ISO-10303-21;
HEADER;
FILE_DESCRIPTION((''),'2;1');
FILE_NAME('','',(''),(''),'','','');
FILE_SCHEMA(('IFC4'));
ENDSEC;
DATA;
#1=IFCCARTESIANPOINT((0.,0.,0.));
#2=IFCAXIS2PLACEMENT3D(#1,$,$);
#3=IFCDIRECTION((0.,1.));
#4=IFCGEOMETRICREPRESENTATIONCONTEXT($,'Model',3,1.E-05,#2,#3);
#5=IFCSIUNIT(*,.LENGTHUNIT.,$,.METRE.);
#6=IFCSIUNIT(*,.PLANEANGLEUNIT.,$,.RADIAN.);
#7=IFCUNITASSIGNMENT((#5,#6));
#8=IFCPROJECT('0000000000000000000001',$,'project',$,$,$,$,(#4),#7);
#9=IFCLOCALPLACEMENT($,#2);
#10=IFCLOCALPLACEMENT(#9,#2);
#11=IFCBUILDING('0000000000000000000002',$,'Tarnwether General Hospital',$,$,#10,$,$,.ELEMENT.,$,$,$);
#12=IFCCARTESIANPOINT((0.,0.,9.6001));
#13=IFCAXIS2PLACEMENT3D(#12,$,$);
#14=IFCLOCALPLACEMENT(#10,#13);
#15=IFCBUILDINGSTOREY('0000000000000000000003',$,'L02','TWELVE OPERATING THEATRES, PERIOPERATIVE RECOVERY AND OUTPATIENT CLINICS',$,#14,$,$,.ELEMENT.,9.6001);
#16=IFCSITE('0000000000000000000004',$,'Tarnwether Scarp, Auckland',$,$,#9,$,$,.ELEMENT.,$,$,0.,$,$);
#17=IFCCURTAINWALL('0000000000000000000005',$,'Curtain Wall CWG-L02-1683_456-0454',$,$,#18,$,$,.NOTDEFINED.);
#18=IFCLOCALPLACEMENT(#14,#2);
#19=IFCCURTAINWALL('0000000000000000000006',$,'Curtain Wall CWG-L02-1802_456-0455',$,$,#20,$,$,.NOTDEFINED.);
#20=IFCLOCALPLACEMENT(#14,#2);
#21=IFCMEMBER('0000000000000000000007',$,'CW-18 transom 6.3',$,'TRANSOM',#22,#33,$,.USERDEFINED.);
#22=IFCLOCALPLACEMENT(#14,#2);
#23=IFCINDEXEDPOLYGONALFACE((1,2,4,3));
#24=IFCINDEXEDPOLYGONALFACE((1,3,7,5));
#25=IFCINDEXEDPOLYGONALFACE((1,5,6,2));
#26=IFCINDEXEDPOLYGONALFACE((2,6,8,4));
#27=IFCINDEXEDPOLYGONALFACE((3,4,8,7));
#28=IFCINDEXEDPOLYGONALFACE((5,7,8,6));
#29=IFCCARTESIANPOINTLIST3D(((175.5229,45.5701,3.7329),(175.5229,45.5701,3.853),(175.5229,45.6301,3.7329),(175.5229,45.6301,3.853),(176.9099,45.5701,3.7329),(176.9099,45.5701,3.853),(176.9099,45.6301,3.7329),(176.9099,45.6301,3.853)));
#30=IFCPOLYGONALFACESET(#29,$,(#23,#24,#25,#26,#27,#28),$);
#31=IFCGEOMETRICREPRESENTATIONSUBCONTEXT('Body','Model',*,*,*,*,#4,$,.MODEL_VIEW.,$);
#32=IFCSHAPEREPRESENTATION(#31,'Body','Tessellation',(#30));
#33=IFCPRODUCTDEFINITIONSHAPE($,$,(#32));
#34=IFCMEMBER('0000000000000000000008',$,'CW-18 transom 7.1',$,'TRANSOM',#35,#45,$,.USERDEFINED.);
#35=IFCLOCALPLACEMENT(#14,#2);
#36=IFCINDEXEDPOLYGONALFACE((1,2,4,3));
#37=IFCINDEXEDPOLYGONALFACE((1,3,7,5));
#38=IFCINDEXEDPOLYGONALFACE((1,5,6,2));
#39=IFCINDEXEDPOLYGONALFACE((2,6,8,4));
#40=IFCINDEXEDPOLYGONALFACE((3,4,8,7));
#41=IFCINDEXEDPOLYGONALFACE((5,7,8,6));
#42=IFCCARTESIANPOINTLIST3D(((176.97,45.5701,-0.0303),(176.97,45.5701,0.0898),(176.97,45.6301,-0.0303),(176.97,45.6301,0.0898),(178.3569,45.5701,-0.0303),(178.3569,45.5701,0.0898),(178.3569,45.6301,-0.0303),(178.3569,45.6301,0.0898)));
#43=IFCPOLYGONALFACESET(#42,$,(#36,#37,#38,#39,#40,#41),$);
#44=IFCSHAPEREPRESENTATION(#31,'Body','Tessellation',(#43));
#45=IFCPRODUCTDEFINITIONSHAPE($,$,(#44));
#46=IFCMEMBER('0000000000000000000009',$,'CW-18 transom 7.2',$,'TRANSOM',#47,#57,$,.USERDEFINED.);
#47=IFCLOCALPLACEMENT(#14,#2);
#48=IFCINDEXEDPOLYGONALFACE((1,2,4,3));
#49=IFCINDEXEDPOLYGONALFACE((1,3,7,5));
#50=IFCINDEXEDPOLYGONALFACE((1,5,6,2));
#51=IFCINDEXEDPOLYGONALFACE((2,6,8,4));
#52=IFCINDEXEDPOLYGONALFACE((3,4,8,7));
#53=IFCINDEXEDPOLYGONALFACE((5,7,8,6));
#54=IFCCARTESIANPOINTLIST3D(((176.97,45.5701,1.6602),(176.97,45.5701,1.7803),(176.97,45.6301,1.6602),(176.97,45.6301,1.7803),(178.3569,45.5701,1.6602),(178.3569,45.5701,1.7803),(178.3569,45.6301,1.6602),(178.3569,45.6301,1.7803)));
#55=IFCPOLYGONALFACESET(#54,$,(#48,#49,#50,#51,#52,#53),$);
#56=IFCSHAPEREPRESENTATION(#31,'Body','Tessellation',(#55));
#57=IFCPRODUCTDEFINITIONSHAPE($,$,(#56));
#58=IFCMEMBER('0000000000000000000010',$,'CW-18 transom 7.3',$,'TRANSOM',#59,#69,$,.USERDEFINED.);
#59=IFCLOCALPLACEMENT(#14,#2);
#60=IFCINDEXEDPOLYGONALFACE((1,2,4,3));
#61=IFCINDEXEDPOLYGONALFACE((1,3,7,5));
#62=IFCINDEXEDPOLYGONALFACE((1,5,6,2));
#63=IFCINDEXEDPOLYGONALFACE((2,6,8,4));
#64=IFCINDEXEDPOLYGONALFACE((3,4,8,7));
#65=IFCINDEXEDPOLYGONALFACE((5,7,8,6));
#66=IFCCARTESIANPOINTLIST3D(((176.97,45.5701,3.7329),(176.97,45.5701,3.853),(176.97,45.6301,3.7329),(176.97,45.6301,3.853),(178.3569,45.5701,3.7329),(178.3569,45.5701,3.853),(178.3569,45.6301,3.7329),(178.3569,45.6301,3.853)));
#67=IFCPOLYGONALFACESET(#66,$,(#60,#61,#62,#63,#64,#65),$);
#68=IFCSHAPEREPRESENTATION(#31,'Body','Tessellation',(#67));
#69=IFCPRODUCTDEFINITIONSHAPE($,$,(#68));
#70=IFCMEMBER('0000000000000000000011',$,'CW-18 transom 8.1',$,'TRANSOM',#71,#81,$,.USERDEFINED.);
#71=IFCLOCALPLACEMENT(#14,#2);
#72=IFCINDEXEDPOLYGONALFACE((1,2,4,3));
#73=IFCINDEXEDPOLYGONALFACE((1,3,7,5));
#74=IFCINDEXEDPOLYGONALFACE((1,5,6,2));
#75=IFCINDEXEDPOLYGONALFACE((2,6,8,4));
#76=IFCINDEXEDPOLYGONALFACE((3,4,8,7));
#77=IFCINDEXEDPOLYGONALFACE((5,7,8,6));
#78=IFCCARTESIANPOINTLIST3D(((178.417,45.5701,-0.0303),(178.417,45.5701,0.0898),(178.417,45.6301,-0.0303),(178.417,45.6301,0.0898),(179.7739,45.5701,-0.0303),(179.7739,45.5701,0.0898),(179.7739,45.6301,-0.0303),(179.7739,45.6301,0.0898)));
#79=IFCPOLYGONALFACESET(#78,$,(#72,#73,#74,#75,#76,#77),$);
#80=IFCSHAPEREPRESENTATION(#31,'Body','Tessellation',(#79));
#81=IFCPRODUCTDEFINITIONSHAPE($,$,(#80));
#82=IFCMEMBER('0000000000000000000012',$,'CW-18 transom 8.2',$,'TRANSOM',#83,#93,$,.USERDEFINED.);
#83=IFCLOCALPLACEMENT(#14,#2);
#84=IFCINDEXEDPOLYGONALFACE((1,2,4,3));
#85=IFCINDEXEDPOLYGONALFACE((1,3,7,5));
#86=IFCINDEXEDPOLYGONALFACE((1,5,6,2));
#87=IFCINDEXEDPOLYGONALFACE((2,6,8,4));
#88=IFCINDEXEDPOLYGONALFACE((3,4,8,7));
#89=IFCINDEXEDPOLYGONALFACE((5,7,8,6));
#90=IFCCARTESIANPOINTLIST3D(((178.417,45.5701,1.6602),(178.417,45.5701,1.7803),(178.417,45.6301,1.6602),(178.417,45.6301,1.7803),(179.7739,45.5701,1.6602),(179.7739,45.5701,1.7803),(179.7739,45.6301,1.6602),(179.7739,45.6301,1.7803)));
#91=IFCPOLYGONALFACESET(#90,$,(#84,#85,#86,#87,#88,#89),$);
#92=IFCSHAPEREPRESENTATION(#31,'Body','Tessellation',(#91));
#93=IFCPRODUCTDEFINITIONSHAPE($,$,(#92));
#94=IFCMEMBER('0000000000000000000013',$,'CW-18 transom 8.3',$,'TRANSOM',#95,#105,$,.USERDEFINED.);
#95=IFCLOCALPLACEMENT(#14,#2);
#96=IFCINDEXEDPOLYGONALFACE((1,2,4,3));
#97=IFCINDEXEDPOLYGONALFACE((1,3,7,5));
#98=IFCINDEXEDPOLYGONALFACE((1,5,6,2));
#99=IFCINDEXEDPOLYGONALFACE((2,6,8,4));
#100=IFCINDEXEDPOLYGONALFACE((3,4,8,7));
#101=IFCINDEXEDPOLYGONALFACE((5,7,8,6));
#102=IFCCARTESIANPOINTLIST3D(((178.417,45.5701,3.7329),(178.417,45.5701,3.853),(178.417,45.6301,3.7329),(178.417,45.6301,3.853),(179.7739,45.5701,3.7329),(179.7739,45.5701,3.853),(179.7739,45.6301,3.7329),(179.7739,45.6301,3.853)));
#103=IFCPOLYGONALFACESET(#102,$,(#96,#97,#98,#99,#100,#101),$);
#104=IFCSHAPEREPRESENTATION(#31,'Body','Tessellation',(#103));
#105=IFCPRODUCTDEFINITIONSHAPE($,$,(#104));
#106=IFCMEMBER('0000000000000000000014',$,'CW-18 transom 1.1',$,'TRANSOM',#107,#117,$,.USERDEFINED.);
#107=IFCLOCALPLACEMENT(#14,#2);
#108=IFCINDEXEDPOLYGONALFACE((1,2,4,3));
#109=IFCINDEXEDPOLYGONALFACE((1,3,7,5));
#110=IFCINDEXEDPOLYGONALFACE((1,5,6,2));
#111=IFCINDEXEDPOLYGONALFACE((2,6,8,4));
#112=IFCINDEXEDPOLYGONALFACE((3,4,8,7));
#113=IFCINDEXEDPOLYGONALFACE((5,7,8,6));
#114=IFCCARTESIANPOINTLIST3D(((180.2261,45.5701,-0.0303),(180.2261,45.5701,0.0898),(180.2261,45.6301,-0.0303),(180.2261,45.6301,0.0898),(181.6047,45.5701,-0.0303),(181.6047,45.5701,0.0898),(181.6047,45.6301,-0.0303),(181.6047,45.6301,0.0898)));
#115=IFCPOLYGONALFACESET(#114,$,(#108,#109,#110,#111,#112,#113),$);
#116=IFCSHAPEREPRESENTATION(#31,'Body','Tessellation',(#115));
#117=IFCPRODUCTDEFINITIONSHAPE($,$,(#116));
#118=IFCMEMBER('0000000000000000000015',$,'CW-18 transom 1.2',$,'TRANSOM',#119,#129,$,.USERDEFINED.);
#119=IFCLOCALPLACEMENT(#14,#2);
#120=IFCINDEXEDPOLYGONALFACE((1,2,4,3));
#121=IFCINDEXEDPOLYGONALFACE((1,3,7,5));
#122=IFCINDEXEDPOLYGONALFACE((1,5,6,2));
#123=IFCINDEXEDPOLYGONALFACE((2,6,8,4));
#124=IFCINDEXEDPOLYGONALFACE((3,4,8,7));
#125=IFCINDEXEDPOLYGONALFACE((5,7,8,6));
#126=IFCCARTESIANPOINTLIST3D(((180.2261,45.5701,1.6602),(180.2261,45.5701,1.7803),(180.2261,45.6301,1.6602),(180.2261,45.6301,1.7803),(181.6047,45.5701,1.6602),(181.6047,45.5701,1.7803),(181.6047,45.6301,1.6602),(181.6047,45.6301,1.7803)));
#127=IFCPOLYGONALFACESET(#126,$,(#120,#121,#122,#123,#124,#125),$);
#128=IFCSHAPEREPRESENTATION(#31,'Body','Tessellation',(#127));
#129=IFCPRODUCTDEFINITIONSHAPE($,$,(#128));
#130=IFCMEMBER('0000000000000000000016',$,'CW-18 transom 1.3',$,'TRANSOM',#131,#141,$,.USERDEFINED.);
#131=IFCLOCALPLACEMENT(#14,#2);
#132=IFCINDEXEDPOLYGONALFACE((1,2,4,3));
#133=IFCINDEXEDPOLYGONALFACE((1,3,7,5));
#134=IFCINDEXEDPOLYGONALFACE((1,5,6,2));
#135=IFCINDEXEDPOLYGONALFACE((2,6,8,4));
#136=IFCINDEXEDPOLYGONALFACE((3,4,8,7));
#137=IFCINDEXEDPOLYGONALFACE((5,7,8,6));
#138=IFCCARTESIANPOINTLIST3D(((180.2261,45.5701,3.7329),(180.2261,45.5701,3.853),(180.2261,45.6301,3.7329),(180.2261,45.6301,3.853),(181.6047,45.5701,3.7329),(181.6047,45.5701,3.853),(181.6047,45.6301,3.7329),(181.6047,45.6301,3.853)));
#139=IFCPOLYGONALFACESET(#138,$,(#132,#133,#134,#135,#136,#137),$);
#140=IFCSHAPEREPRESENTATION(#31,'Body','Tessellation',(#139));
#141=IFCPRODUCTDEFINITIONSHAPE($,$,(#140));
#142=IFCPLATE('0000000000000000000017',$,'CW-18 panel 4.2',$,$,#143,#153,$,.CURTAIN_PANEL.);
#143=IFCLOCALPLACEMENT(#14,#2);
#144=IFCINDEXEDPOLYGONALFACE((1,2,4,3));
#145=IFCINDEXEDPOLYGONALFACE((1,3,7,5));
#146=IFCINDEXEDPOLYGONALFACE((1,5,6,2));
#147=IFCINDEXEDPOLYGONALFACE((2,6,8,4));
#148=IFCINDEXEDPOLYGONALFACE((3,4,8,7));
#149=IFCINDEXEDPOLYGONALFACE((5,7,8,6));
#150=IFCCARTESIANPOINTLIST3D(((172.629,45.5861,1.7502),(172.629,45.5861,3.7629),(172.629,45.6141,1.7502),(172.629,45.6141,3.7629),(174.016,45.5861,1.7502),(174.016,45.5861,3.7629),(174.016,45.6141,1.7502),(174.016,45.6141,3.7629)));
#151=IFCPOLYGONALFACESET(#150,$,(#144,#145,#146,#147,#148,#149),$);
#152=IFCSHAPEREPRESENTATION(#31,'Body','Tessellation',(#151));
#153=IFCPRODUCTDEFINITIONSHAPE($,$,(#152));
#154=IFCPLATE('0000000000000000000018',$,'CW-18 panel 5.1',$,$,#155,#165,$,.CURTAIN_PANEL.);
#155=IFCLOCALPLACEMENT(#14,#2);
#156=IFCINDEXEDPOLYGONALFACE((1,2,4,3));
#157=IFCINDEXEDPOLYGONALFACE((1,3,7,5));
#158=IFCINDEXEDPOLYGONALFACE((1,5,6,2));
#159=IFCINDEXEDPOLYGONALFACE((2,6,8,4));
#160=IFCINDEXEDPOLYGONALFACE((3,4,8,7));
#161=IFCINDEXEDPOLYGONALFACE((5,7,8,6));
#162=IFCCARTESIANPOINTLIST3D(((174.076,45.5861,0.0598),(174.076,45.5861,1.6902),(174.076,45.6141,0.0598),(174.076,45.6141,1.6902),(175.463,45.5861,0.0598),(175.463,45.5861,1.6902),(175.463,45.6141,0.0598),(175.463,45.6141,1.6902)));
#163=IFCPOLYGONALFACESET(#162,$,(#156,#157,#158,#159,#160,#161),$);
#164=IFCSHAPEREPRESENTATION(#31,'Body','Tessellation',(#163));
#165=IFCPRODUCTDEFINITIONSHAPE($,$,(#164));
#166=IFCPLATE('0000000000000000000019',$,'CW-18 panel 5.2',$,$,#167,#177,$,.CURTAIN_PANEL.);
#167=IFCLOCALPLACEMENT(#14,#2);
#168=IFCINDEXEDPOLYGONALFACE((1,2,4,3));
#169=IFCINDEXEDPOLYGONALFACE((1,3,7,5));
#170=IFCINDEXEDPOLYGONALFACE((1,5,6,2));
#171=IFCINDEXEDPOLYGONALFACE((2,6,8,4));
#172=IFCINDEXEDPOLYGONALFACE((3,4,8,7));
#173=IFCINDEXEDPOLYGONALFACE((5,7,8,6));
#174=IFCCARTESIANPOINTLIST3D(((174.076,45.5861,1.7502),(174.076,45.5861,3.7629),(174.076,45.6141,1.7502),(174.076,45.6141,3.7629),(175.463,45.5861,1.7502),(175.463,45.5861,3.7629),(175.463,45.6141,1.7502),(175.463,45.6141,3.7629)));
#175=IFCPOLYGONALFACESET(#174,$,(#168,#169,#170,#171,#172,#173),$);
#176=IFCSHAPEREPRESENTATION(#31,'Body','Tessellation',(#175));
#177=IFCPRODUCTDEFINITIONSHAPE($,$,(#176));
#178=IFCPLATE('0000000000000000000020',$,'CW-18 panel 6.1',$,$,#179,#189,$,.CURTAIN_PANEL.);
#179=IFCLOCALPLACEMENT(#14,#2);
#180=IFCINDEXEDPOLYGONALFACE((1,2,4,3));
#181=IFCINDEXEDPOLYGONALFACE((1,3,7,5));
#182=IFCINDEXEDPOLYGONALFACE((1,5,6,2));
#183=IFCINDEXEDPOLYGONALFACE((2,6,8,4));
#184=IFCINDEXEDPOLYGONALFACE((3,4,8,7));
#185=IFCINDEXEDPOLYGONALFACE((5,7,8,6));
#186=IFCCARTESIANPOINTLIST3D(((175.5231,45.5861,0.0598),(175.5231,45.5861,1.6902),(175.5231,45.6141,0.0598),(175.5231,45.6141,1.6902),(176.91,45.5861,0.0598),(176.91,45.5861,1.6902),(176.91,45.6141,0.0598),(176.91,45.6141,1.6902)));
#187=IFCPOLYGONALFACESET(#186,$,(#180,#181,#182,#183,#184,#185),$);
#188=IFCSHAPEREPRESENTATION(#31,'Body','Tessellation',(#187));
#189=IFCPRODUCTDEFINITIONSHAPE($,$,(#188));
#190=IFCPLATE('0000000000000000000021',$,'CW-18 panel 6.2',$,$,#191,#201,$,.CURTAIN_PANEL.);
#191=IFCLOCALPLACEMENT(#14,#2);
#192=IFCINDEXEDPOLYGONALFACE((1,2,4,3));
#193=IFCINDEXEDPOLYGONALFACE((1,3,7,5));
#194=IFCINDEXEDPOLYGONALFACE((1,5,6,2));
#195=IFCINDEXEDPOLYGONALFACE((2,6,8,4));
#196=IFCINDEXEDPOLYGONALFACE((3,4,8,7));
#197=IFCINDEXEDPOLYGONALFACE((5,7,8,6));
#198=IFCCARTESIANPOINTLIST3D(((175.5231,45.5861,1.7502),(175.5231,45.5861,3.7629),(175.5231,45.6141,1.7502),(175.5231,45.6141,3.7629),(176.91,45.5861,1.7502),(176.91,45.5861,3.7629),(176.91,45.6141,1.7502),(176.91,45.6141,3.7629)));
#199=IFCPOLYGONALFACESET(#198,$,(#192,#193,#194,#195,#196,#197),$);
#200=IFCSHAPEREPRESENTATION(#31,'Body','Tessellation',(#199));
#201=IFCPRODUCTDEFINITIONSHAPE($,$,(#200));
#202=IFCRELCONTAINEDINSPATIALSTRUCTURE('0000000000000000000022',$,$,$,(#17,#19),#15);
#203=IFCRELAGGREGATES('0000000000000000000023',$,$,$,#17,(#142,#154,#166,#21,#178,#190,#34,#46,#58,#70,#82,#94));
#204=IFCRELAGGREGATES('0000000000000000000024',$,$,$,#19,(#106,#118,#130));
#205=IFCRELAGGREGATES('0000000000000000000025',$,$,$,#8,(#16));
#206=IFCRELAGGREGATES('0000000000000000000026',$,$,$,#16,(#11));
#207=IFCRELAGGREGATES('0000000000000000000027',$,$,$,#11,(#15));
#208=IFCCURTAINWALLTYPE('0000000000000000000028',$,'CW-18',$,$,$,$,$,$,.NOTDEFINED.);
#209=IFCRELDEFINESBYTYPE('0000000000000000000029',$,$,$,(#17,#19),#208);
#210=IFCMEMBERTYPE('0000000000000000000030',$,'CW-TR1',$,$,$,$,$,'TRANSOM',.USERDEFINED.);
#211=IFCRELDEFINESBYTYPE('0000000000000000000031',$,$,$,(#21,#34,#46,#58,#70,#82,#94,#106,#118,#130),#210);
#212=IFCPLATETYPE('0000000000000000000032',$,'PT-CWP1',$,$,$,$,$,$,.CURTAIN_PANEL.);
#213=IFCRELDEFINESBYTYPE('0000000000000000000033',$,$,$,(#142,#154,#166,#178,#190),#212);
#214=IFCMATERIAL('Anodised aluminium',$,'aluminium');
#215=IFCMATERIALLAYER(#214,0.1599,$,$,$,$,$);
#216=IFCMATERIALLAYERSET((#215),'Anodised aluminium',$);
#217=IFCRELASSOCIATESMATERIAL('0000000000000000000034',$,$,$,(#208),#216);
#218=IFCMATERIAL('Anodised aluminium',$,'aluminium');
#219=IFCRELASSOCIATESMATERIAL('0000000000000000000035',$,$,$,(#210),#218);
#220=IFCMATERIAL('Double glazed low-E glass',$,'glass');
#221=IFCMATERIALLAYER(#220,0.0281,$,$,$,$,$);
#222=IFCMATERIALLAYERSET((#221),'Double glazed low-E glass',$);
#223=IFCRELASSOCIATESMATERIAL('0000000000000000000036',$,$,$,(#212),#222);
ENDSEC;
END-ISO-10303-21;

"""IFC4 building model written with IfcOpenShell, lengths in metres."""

from ifc_helpers import new_model, si_unit, direction, frame, origin, origin_2d, place, context, subcontext, project, spatial, rectangle, extrude, material, layer, layer_set, material_profile, profile_set, type_object, element, aggregate, save


model = new_model("IFC4")

# Units and contexts
model_context = context("Model", 3, precision=1e-05, world=origin(), true_north=direction((0.0, 1.0)))
body_context = subcontext(model_context, "Body", "Model", "MODEL_VIEW")
ifc_project = project(units=[si_unit("LENGTHUNIT", "METRE"), si_unit("PLANEANGLEUNIT", "RADIAN")], contexts=[model_context])

# Site, building, storey
site_placement = place(None, origin())
site = spatial("IfcSite", under=ifc_project, at=site_placement, Name="Tarnwether Scarp, Auckland", CompositionType="ELEMENT", RefElevation=0.0)
building_placement = place(site_placement, origin())
building = spatial("IfcBuilding", under=site, at=building_placement, Name="Tarnwether General Hospital", CompositionType="ELEMENT")
storey_placement = place(building_placement, frame((0.0, 0.0, 9.6001)))
storey = spatial("IfcBuildingStorey", under=building, at=storey_placement, Name="L02", Description="TWELVE OPERATING THEATRES, PERIOPERATIVE RECOVERY AND OUTPATIENT CLINICS", CompositionType="ELEMENT", Elevation=9.6001)

# Curtain wall
ifc_material_1 = material(Name="Anodised aluminium", Category="aluminium")
ifc_layer_1 = layer(ifc_material_1, 0.1599)
ifc_layer_set_1 = layer_set([ifc_layer_1], Name="Anodised aluminium")
curtain_wall_type = type_object("IfcCurtainWallType", Name="CW-18", PredefinedType="NOTDEFINED", material=ifc_layer_set_1)
curtain_wall_1_placement = place(storey_placement, origin())
curtain_wall_1 = element("IfcCurtainWall", 1, at=curtain_wall_1_placement, inside=storey, type_object=curtain_wall_type, Name="Curtain Wall CWG-L02-1683_456-0454", PredefinedType="NOTDEFINED")

# Curtain wall
curtain_wall_2_placement = place(storey_placement, origin())
curtain_wall_2 = element("IfcCurtainWall", 2, at=curtain_wall_2_placement, inside=storey, type_object=curtain_wall_type, Name="Curtain Wall CWG-L02-1802_456-0455", PredefinedType="NOTDEFINED")

# Members
ifc_material_2 = material(Name="Anodised aluminium", Category="aluminium")
ifc_material_profile_1 = material_profile(ifc_material_2, rectangle(XDim=0.0601, YDim=0.1201, at=origin_2d()), Name="ALU-TRN-60x120")
ifc_profile_set_1 = profile_set([ifc_material_profile_1], Name="Anodised aluminium")
member_type_1 = type_object("IfcMemberType", Name="CW-TR1", ElementType="TRANSOM", PredefinedType="USERDEFINED", material=ifc_profile_set_1)
member_1_placement = place(storey_placement, frame((175.5229, 45.6001, 3.793), z_axis=(1.0, 0.0, 0.0), x_axis=(0.0, 1.0, 0.0)))
member_1 = element("IfcMember", 3, at=member_1_placement, type_object=member_type_1, Name="CW-18 transom 6.3", ObjectType="TRANSOM", PredefinedType="USERDEFINED", context=body_context, shape_type="SweptSolid", body=[
    extrude(rectangle(XDim=0.0601, YDim=0.1201, at=origin_2d()), origin(), (0.0, 0.0, 1.0), 1.387),
])
member_2_placement = place(storey_placement, frame((176.97, 45.6001, 0.0298), z_axis=(1.0, 0.0, 0.0), x_axis=(0.0, 1.0, 0.0)))
member_2 = element("IfcMember", 4, at=member_2_placement, type_object=member_type_1, Name="CW-18 transom 7.1", ObjectType="TRANSOM", PredefinedType="USERDEFINED", context=body_context, shape_type="SweptSolid", body=[
    extrude(rectangle(XDim=0.0601, YDim=0.1201, at=origin_2d()), origin(), (0.0, 0.0, 1.0), 1.387),
])
member_3_placement = place(storey_placement, frame((176.97, 45.6001, 1.7202), z_axis=(1.0, 0.0, 0.0), x_axis=(0.0, 1.0, 0.0)))
member_3 = element("IfcMember", 5, at=member_3_placement, type_object=member_type_1, Name="CW-18 transom 7.2", ObjectType="TRANSOM", PredefinedType="USERDEFINED", context=body_context, shape_type="SweptSolid", body=[
    extrude(rectangle(XDim=0.0601, YDim=0.1201, at=origin_2d()), origin(), (0.0, 0.0, 1.0), 1.387),
])
member_4_placement = place(storey_placement, frame((176.97, 45.6001, 3.793), z_axis=(1.0, 0.0, 0.0), x_axis=(0.0, 1.0, 0.0)))
member_4 = element("IfcMember", 6, at=member_4_placement, type_object=member_type_1, Name="CW-18 transom 7.3", ObjectType="TRANSOM", PredefinedType="USERDEFINED", context=body_context, shape_type="SweptSolid", body=[
    extrude(rectangle(XDim=0.0601, YDim=0.1201, at=origin_2d()), origin(), (0.0, 0.0, 1.0), 1.387),
])
member_5_placement = place(storey_placement, frame((178.417, 45.6001, 0.0298), z_axis=(1.0, 0.0, 0.0), x_axis=(0.0, 1.0, 0.0)))
member_5 = element("IfcMember", 7, at=member_5_placement, type_object=member_type_1, Name="CW-18 transom 8.1", ObjectType="TRANSOM", PredefinedType="USERDEFINED", context=body_context, shape_type="SweptSolid", body=[
    extrude(rectangle(XDim=0.0601, YDim=0.1201, at=origin_2d()), origin(), (0.0, 0.0, 1.0), 1.3569),
])
member_6_placement = place(storey_placement, frame((178.417, 45.6001, 1.7202), z_axis=(1.0, 0.0, 0.0), x_axis=(0.0, 1.0, 0.0)))
member_6 = element("IfcMember", 8, at=member_6_placement, type_object=member_type_1, Name="CW-18 transom 8.2", ObjectType="TRANSOM", PredefinedType="USERDEFINED", context=body_context, shape_type="SweptSolid", body=[
    extrude(rectangle(XDim=0.0601, YDim=0.1201, at=origin_2d()), origin(), (0.0, 0.0, 1.0), 1.3569),
])
member_7_placement = place(storey_placement, frame((178.417, 45.6001, 3.793), z_axis=(1.0, 0.0, 0.0), x_axis=(0.0, 1.0, 0.0)))
member_7 = element("IfcMember", 9, at=member_7_placement, type_object=member_type_1, Name="CW-18 transom 8.3", ObjectType="TRANSOM", PredefinedType="USERDEFINED", context=body_context, shape_type="SweptSolid", body=[
    extrude(rectangle(XDim=0.0601, YDim=0.1201, at=origin_2d()), origin(), (0.0, 0.0, 1.0), 1.3569),
])
member_8_placement = place(storey_placement, frame((180.2261, 45.6001, 0.0298), z_axis=(1.0, 0.0, 0.0), x_axis=(0.0, 1.0, 0.0)))
member_8 = element("IfcMember", 10, at=member_8_placement, type_object=member_type_1, Name="CW-18 transom 1.1", ObjectType="TRANSOM", PredefinedType="USERDEFINED", context=body_context, shape_type="SweptSolid", body=[
    extrude(rectangle(XDim=0.0601, YDim=0.1201, at=origin_2d()), origin(), (0.0, 0.0, 1.0), 1.3787),
])
member_9_placement = place(storey_placement, frame((180.2261, 45.6001, 1.7202), z_axis=(1.0, 0.0, 0.0), x_axis=(0.0, 1.0, 0.0)))
member_9 = element("IfcMember", 11, at=member_9_placement, type_object=member_type_1, Name="CW-18 transom 1.2", ObjectType="TRANSOM", PredefinedType="USERDEFINED", context=body_context, shape_type="SweptSolid", body=[
    extrude(rectangle(XDim=0.0601, YDim=0.1201, at=origin_2d()), origin(), (0.0, 0.0, 1.0), 1.3787),
])
member_10_placement = place(storey_placement, frame((180.2261, 45.6001, 3.793), z_axis=(1.0, 0.0, 0.0), x_axis=(0.0, 1.0, 0.0)))
member_10 = element("IfcMember", 12, at=member_10_placement, type_object=member_type_1, Name="CW-18 transom 1.3", ObjectType="TRANSOM", PredefinedType="USERDEFINED", context=body_context, shape_type="SweptSolid", body=[
    extrude(rectangle(XDim=0.0601, YDim=0.1201, at=origin_2d()), origin(), (0.0, 0.0, 1.0), 1.3787),
])

# Plates
ifc_material_3 = material(Name="Double glazed low-E glass", Category="glass")
ifc_layer_2 = layer(ifc_material_3, 0.0281)
ifc_layer_set_2 = layer_set([ifc_layer_2], Name="Double glazed low-E glass")
plate_type = type_object("IfcPlateType", Name="PT-CWP1", PredefinedType="CURTAIN_PANEL", material=ifc_layer_set_2)
plate_1_placement = place(storey_placement, frame((173.3225, 45.6001, 1.7502), z_axis=(0.0, 0.0, 1.0), x_axis=(1.0, 0.0, 0.0)))
plate_1 = element("IfcPlate", 13, at=plate_1_placement, type_object=plate_type, Name="CW-18 panel 4.2", PredefinedType="CURTAIN_PANEL", context=body_context, shape_type="SweptSolid", body=[
    extrude(rectangle(XDim=1.387, YDim=0.0281, at=origin_2d()), origin(), (0.0, 0.0, 1.0), 2.0127),
])
plate_2_placement = place(storey_placement, frame((174.7695, 45.6001, 0.0598), z_axis=(0.0, 0.0, 1.0), x_axis=(1.0, 0.0, 0.0)))
plate_2 = element("IfcPlate", 14, at=plate_2_placement, type_object=plate_type, Name="CW-18 panel 5.1", PredefinedType="CURTAIN_PANEL", context=body_context, shape_type="SweptSolid", body=[
    extrude(rectangle(XDim=1.387, YDim=0.0281, at=origin_2d()), origin(), (0.0, 0.0, 1.0), 1.6304),
])
plate_3_placement = place(storey_placement, frame((174.7695, 45.6001, 1.7502), z_axis=(0.0, 0.0, 1.0), x_axis=(1.0, 0.0, 0.0)))
plate_3 = element("IfcPlate", 15, at=plate_3_placement, type_object=plate_type, Name="CW-18 panel 5.2", PredefinedType="CURTAIN_PANEL", context=body_context, shape_type="SweptSolid", body=[
    extrude(rectangle(XDim=1.387, YDim=0.0281, at=origin_2d()), origin(), (0.0, 0.0, 1.0), 2.0127),
])
plate_4_placement = place(storey_placement, frame((176.2166, 45.6001, 0.0598), z_axis=(0.0, 0.0, 1.0), x_axis=(1.0, 0.0, 0.0)))
plate_4 = element("IfcPlate", 16, at=plate_4_placement, type_object=plate_type, Name="CW-18 panel 6.1", PredefinedType="CURTAIN_PANEL", context=body_context, shape_type="SweptSolid", body=[
    extrude(rectangle(XDim=1.387, YDim=0.0281, at=origin_2d()), origin(), (0.0, 0.0, 1.0), 1.6304),
])
plate_5_placement = place(storey_placement, frame((176.2166, 45.6001, 1.7502), z_axis=(0.0, 0.0, 1.0), x_axis=(1.0, 0.0, 0.0)))
plate_5 = element("IfcPlate", 17, at=plate_5_placement, type_object=plate_type, Name="CW-18 panel 6.2", PredefinedType="CURTAIN_PANEL", context=body_context, shape_type="SweptSolid", body=[
    extrude(rectangle(XDim=1.387, YDim=0.0281, at=origin_2d()), origin(), (0.0, 0.0, 1.0), 2.0127),
])
aggregate(curtain_wall_1, [plate_1, plate_2, plate_3, member_1, plate_4, plate_5, member_2, member_3, member_4, member_5, member_6, member_7])
aggregate(curtain_wall_2, [member_8, member_9, member_10])

save(model, "model.ifc")
